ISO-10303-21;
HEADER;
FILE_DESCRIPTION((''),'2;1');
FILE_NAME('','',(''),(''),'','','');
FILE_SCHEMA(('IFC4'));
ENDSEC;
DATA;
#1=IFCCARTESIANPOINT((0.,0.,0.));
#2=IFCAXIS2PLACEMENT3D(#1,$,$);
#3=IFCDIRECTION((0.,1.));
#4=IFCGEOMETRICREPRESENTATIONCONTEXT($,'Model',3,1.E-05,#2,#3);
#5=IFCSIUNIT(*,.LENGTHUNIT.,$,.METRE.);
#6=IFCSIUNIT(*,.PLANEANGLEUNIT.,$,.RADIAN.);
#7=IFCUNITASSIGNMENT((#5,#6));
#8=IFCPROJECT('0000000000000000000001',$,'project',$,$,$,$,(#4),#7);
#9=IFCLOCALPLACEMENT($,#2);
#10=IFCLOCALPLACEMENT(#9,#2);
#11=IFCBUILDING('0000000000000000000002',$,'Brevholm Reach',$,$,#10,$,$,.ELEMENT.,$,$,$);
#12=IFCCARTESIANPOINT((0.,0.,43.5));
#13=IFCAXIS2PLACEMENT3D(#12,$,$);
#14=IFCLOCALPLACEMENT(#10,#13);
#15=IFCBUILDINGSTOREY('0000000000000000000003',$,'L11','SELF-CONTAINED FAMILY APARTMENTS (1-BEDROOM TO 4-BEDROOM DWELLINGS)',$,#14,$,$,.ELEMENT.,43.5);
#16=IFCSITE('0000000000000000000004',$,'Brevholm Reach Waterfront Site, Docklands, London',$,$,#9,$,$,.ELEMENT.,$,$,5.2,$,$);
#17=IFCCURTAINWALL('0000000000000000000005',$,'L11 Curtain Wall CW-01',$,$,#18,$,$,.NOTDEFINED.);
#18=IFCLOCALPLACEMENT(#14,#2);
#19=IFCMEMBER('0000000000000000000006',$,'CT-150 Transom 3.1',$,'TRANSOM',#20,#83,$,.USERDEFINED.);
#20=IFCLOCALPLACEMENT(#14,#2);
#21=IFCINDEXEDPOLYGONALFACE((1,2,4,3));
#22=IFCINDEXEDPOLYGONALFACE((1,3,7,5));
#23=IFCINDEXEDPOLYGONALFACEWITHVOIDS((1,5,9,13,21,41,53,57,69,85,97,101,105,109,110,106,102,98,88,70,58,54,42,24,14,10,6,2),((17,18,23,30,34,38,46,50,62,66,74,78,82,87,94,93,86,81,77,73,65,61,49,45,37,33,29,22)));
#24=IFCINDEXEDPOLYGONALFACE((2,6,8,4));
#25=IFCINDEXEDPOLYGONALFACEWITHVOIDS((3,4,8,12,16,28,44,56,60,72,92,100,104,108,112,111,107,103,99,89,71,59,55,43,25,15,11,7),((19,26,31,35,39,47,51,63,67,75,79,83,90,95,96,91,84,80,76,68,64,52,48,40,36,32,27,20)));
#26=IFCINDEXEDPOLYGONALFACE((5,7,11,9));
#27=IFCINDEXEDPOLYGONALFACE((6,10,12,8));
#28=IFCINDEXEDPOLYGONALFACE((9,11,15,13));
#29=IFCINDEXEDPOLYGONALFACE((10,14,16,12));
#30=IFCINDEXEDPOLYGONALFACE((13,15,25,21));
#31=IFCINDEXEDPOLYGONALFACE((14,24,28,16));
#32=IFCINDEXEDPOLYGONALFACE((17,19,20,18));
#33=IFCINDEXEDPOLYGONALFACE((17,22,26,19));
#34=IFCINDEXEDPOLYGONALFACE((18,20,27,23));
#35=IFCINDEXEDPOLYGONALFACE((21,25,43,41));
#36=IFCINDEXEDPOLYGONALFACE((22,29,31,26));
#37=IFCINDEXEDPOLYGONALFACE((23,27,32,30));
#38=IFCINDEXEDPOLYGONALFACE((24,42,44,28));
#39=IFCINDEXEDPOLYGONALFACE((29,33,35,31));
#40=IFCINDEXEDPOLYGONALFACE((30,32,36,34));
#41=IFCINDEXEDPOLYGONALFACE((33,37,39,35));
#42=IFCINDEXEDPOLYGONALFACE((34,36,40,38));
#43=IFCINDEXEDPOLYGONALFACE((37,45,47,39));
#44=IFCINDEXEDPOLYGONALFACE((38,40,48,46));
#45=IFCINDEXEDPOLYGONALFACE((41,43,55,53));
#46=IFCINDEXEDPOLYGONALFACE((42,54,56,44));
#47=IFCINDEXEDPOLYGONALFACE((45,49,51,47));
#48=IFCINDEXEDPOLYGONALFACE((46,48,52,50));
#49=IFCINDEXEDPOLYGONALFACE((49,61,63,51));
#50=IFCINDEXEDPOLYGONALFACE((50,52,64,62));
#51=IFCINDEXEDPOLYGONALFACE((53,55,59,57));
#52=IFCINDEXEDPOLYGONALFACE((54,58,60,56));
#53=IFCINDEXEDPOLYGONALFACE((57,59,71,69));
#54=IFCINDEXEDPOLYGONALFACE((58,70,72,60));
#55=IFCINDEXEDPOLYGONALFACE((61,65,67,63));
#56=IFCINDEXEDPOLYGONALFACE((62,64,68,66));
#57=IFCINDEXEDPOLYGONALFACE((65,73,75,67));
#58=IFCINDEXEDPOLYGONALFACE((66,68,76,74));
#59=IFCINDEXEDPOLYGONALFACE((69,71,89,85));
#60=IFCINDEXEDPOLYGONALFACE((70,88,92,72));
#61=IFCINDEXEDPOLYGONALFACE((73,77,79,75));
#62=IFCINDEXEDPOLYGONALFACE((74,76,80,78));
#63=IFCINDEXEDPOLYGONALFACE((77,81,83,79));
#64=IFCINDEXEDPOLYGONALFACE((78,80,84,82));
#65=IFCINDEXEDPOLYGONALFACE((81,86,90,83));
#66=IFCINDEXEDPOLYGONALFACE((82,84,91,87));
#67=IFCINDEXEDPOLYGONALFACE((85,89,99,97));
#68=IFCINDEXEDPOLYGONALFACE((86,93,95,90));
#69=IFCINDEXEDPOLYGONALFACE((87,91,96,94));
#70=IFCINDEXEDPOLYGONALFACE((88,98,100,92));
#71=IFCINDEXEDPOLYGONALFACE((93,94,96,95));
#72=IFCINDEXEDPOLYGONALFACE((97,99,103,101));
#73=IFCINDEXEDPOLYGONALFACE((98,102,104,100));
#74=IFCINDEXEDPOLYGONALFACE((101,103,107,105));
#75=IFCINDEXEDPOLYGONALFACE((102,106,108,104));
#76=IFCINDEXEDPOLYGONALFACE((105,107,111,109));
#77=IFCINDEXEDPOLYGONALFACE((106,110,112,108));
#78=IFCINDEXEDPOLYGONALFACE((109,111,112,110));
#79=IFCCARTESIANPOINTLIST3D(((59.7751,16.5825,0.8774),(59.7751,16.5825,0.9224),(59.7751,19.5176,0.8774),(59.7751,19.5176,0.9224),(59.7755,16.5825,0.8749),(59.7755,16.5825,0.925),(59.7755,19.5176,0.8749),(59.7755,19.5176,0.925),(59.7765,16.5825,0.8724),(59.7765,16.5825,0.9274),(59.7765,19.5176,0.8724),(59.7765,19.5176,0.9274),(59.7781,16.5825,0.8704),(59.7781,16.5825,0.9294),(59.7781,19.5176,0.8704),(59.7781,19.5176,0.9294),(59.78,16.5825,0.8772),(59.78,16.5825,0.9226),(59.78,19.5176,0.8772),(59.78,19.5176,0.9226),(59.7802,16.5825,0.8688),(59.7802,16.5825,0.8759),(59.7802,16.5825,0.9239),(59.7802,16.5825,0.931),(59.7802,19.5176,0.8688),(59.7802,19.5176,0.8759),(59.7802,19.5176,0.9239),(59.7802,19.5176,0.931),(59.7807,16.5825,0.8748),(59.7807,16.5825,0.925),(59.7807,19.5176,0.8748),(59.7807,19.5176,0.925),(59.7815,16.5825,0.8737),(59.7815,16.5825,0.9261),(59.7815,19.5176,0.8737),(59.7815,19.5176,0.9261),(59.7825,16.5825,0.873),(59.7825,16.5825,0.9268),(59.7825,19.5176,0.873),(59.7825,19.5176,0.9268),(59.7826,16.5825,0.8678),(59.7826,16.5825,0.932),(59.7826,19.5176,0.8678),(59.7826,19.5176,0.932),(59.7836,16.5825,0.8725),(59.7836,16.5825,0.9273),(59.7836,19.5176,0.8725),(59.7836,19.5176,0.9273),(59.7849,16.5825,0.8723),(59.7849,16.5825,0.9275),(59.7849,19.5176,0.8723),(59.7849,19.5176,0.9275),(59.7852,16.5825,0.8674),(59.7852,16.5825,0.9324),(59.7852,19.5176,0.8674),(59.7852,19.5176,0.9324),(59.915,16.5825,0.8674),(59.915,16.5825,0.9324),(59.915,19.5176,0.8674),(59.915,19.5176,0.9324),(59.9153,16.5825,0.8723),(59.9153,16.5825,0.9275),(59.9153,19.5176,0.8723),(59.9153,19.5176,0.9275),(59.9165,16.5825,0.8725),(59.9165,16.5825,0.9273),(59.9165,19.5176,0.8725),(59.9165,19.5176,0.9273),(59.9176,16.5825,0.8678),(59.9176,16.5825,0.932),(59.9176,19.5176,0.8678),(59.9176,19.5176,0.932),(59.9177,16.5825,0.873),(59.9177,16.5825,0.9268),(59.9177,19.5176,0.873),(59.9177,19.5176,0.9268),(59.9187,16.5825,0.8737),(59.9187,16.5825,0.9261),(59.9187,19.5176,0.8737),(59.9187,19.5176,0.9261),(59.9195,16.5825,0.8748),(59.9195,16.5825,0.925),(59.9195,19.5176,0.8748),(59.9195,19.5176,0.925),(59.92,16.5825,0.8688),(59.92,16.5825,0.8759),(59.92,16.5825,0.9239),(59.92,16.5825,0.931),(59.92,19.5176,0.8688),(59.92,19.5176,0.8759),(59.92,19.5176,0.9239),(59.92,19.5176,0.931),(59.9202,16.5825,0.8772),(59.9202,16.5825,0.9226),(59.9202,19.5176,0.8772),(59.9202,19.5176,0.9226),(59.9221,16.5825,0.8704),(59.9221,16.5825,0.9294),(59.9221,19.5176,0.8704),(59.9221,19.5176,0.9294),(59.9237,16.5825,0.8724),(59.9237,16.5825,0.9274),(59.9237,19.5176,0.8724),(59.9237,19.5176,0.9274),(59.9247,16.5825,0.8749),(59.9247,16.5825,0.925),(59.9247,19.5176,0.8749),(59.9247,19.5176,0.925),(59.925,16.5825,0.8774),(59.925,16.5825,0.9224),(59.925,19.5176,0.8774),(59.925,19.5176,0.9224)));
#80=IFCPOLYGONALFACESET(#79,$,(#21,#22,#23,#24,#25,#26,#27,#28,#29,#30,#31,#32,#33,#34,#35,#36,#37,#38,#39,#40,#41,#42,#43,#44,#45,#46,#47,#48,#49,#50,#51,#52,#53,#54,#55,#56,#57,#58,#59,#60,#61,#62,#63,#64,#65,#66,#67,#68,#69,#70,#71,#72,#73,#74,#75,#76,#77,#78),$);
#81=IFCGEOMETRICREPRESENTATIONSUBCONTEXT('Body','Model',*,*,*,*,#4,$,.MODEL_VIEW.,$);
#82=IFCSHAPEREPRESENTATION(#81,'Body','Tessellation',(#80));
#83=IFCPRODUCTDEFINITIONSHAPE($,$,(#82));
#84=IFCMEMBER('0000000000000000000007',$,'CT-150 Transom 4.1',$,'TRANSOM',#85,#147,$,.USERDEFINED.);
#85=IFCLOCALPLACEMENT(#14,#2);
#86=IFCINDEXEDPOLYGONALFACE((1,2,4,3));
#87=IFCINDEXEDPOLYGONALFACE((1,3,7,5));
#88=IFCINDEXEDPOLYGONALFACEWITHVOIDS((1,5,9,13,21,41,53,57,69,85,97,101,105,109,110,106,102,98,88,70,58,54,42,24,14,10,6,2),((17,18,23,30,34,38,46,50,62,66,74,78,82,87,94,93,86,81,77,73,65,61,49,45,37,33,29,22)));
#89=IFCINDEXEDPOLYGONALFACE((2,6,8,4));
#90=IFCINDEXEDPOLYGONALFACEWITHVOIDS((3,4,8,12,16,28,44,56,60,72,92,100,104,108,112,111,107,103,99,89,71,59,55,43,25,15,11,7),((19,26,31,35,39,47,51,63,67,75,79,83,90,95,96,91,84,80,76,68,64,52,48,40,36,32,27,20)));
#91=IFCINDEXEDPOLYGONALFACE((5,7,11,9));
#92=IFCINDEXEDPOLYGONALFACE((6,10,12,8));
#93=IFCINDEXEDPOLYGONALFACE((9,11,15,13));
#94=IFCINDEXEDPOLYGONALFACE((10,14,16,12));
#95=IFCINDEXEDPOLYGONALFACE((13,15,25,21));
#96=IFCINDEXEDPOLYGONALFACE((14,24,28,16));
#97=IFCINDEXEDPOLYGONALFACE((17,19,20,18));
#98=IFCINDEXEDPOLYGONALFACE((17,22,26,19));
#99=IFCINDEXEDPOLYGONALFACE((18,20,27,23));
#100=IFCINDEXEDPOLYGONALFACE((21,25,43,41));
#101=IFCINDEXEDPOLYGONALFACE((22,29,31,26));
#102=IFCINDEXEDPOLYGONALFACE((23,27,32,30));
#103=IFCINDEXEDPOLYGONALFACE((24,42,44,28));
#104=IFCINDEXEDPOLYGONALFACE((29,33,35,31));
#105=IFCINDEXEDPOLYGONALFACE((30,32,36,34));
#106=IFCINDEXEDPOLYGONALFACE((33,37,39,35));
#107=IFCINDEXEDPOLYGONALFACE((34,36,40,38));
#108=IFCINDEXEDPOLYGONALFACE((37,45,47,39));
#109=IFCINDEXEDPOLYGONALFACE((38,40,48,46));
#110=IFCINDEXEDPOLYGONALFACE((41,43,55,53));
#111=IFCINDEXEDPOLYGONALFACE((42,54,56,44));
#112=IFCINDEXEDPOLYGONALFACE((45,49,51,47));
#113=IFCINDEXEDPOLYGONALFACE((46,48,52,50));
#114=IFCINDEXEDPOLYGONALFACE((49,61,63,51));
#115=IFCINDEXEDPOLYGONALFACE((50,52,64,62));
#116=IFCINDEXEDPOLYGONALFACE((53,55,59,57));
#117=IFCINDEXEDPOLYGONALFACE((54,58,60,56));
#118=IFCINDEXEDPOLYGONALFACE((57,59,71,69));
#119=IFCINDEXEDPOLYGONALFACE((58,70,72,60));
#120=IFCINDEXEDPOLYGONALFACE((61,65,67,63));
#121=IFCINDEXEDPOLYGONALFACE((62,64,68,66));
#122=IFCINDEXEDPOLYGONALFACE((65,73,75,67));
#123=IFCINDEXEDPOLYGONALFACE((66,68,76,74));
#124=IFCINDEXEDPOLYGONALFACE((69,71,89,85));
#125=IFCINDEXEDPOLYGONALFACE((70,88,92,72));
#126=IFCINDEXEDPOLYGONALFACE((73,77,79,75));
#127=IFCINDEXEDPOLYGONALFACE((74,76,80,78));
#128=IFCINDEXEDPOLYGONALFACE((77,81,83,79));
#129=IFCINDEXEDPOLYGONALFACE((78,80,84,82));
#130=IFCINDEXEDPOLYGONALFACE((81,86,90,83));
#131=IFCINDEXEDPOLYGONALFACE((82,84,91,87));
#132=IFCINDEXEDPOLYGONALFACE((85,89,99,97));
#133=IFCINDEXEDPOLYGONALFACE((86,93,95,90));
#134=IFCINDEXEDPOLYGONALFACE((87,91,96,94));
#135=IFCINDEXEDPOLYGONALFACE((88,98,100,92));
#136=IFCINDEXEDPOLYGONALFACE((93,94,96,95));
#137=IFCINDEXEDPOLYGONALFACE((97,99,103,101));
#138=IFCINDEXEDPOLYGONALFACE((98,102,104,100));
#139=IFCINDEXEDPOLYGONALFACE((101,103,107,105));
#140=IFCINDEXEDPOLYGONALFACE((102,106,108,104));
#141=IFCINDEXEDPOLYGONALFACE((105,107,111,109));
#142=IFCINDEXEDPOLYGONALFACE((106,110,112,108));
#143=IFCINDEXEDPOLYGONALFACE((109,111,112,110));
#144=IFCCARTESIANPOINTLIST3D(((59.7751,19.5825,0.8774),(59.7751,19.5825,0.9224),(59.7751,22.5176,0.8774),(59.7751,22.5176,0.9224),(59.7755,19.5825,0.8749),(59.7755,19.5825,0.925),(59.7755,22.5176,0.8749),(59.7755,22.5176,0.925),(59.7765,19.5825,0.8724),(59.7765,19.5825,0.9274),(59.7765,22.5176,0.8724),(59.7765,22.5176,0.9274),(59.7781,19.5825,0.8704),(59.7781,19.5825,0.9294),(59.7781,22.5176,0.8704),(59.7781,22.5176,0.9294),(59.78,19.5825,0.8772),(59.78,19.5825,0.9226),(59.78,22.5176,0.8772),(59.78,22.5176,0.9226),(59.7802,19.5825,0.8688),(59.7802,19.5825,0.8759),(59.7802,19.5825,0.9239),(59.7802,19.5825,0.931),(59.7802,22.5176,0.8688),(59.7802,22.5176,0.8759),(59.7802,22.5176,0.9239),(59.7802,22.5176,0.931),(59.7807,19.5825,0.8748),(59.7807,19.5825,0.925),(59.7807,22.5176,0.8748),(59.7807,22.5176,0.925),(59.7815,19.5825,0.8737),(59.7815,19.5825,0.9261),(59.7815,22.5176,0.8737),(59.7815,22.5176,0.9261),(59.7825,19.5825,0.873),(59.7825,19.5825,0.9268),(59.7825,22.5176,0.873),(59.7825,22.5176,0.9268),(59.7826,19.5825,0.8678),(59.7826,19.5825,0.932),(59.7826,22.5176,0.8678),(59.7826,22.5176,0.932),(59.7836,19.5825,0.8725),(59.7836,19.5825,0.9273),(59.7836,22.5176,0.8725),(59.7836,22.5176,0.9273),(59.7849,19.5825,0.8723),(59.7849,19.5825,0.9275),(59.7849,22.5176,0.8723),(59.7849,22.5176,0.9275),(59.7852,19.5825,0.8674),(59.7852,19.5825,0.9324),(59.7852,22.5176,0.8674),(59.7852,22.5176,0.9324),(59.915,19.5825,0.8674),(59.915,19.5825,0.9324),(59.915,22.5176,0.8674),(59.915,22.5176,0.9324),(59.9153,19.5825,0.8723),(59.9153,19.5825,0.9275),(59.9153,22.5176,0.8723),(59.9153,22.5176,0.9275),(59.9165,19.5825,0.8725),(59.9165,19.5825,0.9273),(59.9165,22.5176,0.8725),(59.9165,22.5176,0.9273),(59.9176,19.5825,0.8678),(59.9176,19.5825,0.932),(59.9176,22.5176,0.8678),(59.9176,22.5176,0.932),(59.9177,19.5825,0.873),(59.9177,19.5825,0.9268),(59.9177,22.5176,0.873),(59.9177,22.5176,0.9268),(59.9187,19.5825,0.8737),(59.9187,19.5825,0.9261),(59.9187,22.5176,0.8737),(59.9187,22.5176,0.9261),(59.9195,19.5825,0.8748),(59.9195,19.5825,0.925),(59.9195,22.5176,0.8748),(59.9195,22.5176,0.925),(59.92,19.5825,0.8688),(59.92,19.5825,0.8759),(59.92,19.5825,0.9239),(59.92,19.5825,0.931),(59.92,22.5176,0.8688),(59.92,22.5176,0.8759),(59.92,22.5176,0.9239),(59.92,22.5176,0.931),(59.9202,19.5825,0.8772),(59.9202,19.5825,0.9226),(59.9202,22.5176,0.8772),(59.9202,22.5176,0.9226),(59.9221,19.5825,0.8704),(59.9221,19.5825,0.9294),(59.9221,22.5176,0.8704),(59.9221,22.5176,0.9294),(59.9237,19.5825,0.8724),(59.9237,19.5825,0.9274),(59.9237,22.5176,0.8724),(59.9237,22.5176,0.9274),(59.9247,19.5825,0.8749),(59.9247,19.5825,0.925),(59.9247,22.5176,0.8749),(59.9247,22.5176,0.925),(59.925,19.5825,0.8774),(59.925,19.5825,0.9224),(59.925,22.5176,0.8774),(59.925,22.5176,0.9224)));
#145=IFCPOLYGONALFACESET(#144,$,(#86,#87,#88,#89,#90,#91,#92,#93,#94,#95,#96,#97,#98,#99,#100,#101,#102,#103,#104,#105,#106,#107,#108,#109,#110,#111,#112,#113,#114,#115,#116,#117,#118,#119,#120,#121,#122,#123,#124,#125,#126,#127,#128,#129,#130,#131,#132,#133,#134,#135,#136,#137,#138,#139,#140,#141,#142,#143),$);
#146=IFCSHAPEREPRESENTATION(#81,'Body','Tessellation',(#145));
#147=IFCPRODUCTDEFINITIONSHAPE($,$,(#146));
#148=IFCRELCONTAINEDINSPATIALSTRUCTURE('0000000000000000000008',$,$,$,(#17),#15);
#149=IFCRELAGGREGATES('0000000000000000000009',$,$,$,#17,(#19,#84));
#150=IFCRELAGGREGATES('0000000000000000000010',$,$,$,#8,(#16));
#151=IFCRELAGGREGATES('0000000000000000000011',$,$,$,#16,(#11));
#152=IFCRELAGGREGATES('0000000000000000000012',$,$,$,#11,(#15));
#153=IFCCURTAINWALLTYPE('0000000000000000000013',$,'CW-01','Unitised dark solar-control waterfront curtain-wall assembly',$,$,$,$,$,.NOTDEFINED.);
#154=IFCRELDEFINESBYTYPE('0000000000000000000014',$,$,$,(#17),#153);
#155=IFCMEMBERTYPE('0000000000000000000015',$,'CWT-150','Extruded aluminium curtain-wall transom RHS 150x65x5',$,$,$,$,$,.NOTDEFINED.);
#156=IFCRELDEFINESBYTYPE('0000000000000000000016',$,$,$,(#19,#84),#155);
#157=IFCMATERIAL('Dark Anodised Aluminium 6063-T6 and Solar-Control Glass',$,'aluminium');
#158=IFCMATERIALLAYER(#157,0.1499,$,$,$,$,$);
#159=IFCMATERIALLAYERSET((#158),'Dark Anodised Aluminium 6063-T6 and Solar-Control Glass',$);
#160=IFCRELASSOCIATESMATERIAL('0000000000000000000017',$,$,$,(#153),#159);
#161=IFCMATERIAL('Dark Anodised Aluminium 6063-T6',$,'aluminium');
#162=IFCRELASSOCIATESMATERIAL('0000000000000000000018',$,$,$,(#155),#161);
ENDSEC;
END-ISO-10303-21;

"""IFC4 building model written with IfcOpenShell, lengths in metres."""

from ifc_helpers import new_model, si_unit, direction, frame, origin, origin_2d, place, context, subcontext, project, spatial, hollow_rectangle, extrude, material, layer, layer_set, material_profile, profile_set, type_object, element, aggregate, save


model = new_model("IFC4")

# Units and contexts
model_context = context("Model", 3, precision=1e-05, world=origin(), true_north=direction((0.0, 1.0)))
body_context = subcontext(model_context, "Body", "Model", "MODEL_VIEW")
ifc_project = project(units=[si_unit("LENGTHUNIT", "METRE"), si_unit("PLANEANGLEUNIT", "RADIAN")], contexts=[model_context])

# Site, building, storey
site_placement = place(None, origin())
site = spatial("IfcSite", under=ifc_project, at=site_placement, Name="Brevholm Reach Waterfront Site, Docklands, London", CompositionType="ELEMENT", RefElevation=5.2)
building_placement = place(site_placement, origin())
building = spatial("IfcBuilding", under=site, at=building_placement, Name="Brevholm Reach", CompositionType="ELEMENT")
storey_placement = place(building_placement, frame((0.0, 0.0, 43.5)))
storey = spatial("IfcBuildingStorey", under=building, at=storey_placement, Name="L11", Description="SELF-CONTAINED FAMILY APARTMENTS (1-BEDROOM TO 4-BEDROOM DWELLINGS)", CompositionType="ELEMENT", Elevation=43.5)

# Curtain wall, members
ifc_material_1 = material(Name="Dark Anodised Aluminium 6063-T6 and Solar-Control Glass", Category="aluminium")
ifc_layer_1 = layer(ifc_material_1, 0.1499)
ifc_layer_set_1 = layer_set([ifc_layer_1], Name="Dark Anodised Aluminium 6063-T6 and Solar-Control Glass")
curtain_wall_type = type_object("IfcCurtainWallType", Name="CW-01", Description="Unitised dark solar-control waterfront curtain-wall assembly", PredefinedType="NOTDEFINED", material=ifc_layer_set_1)
curtain_wall_placement = place(storey_placement, origin())
curtain_wall = element("IfcCurtainWall", 1, at=curtain_wall_placement, inside=storey, type_object=curtain_wall_type, Name="L11 Curtain Wall CW-01", PredefinedType="NOTDEFINED")
ifc_material_2 = material(Name="Dark Anodised Aluminium 6063-T6", Category="aluminium")
ifc_material_profile_1 = material_profile(ifc_material_2, hollow_rectangle(XDim=0.0649, YDim=0.1499, WallThickness=0.0049, InnerFilletRadius=0.0049, OuterFilletRadius=0.01, at=origin_2d()), Name="RHS 150x65x5")
ifc_profile_set_1 = profile_set([ifc_material_profile_1], Name="Dark Anodised Aluminium 6063-T6")
member_type_1 = type_object("IfcMemberType", Name="CWT-150", Description="Extruded aluminium curtain-wall transom RHS 150x65x5", PredefinedType="NOTDEFINED", material=ifc_profile_set_1)
member_1_placement = place(storey_placement, frame((59.8501, 16.5825, 0.8999), z_axis=(0.0, 1.0, 0.0), x_axis=(0.0, 0.0, 1.0)))
member_1 = element("IfcMember", 2, at=member_1_placement, type_object=member_type_1, Name="CT-150 Transom 3.1", ObjectType="TRANSOM", PredefinedType="USERDEFINED", context=body_context, shape_type="SweptSolid", body=[
    extrude(hollow_rectangle(XDim=0.0649, YDim=0.1499, WallThickness=0.0049, InnerFilletRadius=0.0049, OuterFilletRadius=0.01, at=origin_2d()), origin(), (0.0, 0.0, 1.0), 2.9351),
])
member_2_placement = place(storey_placement, frame((59.8501, 19.5825, 0.8999), z_axis=(0.0, 1.0, 0.0), x_axis=(0.0, 0.0, 1.0)))
member_2 = element("IfcMember", 3, at=member_2_placement, type_object=member_type_1, Name="CT-150 Transom 4.1", ObjectType="TRANSOM", PredefinedType="USERDEFINED", context=body_context, shape_type="SweptSolid", body=[
    extrude(hollow_rectangle(XDim=0.0649, YDim=0.1499, WallThickness=0.0049, InnerFilletRadius=0.0049, OuterFilletRadius=0.01, at=origin_2d()), origin(), (0.0, 0.0, 1.0), 2.9351),
])
aggregate(curtain_wall, [member_1, member_2])

save(model, "model.ifc")
